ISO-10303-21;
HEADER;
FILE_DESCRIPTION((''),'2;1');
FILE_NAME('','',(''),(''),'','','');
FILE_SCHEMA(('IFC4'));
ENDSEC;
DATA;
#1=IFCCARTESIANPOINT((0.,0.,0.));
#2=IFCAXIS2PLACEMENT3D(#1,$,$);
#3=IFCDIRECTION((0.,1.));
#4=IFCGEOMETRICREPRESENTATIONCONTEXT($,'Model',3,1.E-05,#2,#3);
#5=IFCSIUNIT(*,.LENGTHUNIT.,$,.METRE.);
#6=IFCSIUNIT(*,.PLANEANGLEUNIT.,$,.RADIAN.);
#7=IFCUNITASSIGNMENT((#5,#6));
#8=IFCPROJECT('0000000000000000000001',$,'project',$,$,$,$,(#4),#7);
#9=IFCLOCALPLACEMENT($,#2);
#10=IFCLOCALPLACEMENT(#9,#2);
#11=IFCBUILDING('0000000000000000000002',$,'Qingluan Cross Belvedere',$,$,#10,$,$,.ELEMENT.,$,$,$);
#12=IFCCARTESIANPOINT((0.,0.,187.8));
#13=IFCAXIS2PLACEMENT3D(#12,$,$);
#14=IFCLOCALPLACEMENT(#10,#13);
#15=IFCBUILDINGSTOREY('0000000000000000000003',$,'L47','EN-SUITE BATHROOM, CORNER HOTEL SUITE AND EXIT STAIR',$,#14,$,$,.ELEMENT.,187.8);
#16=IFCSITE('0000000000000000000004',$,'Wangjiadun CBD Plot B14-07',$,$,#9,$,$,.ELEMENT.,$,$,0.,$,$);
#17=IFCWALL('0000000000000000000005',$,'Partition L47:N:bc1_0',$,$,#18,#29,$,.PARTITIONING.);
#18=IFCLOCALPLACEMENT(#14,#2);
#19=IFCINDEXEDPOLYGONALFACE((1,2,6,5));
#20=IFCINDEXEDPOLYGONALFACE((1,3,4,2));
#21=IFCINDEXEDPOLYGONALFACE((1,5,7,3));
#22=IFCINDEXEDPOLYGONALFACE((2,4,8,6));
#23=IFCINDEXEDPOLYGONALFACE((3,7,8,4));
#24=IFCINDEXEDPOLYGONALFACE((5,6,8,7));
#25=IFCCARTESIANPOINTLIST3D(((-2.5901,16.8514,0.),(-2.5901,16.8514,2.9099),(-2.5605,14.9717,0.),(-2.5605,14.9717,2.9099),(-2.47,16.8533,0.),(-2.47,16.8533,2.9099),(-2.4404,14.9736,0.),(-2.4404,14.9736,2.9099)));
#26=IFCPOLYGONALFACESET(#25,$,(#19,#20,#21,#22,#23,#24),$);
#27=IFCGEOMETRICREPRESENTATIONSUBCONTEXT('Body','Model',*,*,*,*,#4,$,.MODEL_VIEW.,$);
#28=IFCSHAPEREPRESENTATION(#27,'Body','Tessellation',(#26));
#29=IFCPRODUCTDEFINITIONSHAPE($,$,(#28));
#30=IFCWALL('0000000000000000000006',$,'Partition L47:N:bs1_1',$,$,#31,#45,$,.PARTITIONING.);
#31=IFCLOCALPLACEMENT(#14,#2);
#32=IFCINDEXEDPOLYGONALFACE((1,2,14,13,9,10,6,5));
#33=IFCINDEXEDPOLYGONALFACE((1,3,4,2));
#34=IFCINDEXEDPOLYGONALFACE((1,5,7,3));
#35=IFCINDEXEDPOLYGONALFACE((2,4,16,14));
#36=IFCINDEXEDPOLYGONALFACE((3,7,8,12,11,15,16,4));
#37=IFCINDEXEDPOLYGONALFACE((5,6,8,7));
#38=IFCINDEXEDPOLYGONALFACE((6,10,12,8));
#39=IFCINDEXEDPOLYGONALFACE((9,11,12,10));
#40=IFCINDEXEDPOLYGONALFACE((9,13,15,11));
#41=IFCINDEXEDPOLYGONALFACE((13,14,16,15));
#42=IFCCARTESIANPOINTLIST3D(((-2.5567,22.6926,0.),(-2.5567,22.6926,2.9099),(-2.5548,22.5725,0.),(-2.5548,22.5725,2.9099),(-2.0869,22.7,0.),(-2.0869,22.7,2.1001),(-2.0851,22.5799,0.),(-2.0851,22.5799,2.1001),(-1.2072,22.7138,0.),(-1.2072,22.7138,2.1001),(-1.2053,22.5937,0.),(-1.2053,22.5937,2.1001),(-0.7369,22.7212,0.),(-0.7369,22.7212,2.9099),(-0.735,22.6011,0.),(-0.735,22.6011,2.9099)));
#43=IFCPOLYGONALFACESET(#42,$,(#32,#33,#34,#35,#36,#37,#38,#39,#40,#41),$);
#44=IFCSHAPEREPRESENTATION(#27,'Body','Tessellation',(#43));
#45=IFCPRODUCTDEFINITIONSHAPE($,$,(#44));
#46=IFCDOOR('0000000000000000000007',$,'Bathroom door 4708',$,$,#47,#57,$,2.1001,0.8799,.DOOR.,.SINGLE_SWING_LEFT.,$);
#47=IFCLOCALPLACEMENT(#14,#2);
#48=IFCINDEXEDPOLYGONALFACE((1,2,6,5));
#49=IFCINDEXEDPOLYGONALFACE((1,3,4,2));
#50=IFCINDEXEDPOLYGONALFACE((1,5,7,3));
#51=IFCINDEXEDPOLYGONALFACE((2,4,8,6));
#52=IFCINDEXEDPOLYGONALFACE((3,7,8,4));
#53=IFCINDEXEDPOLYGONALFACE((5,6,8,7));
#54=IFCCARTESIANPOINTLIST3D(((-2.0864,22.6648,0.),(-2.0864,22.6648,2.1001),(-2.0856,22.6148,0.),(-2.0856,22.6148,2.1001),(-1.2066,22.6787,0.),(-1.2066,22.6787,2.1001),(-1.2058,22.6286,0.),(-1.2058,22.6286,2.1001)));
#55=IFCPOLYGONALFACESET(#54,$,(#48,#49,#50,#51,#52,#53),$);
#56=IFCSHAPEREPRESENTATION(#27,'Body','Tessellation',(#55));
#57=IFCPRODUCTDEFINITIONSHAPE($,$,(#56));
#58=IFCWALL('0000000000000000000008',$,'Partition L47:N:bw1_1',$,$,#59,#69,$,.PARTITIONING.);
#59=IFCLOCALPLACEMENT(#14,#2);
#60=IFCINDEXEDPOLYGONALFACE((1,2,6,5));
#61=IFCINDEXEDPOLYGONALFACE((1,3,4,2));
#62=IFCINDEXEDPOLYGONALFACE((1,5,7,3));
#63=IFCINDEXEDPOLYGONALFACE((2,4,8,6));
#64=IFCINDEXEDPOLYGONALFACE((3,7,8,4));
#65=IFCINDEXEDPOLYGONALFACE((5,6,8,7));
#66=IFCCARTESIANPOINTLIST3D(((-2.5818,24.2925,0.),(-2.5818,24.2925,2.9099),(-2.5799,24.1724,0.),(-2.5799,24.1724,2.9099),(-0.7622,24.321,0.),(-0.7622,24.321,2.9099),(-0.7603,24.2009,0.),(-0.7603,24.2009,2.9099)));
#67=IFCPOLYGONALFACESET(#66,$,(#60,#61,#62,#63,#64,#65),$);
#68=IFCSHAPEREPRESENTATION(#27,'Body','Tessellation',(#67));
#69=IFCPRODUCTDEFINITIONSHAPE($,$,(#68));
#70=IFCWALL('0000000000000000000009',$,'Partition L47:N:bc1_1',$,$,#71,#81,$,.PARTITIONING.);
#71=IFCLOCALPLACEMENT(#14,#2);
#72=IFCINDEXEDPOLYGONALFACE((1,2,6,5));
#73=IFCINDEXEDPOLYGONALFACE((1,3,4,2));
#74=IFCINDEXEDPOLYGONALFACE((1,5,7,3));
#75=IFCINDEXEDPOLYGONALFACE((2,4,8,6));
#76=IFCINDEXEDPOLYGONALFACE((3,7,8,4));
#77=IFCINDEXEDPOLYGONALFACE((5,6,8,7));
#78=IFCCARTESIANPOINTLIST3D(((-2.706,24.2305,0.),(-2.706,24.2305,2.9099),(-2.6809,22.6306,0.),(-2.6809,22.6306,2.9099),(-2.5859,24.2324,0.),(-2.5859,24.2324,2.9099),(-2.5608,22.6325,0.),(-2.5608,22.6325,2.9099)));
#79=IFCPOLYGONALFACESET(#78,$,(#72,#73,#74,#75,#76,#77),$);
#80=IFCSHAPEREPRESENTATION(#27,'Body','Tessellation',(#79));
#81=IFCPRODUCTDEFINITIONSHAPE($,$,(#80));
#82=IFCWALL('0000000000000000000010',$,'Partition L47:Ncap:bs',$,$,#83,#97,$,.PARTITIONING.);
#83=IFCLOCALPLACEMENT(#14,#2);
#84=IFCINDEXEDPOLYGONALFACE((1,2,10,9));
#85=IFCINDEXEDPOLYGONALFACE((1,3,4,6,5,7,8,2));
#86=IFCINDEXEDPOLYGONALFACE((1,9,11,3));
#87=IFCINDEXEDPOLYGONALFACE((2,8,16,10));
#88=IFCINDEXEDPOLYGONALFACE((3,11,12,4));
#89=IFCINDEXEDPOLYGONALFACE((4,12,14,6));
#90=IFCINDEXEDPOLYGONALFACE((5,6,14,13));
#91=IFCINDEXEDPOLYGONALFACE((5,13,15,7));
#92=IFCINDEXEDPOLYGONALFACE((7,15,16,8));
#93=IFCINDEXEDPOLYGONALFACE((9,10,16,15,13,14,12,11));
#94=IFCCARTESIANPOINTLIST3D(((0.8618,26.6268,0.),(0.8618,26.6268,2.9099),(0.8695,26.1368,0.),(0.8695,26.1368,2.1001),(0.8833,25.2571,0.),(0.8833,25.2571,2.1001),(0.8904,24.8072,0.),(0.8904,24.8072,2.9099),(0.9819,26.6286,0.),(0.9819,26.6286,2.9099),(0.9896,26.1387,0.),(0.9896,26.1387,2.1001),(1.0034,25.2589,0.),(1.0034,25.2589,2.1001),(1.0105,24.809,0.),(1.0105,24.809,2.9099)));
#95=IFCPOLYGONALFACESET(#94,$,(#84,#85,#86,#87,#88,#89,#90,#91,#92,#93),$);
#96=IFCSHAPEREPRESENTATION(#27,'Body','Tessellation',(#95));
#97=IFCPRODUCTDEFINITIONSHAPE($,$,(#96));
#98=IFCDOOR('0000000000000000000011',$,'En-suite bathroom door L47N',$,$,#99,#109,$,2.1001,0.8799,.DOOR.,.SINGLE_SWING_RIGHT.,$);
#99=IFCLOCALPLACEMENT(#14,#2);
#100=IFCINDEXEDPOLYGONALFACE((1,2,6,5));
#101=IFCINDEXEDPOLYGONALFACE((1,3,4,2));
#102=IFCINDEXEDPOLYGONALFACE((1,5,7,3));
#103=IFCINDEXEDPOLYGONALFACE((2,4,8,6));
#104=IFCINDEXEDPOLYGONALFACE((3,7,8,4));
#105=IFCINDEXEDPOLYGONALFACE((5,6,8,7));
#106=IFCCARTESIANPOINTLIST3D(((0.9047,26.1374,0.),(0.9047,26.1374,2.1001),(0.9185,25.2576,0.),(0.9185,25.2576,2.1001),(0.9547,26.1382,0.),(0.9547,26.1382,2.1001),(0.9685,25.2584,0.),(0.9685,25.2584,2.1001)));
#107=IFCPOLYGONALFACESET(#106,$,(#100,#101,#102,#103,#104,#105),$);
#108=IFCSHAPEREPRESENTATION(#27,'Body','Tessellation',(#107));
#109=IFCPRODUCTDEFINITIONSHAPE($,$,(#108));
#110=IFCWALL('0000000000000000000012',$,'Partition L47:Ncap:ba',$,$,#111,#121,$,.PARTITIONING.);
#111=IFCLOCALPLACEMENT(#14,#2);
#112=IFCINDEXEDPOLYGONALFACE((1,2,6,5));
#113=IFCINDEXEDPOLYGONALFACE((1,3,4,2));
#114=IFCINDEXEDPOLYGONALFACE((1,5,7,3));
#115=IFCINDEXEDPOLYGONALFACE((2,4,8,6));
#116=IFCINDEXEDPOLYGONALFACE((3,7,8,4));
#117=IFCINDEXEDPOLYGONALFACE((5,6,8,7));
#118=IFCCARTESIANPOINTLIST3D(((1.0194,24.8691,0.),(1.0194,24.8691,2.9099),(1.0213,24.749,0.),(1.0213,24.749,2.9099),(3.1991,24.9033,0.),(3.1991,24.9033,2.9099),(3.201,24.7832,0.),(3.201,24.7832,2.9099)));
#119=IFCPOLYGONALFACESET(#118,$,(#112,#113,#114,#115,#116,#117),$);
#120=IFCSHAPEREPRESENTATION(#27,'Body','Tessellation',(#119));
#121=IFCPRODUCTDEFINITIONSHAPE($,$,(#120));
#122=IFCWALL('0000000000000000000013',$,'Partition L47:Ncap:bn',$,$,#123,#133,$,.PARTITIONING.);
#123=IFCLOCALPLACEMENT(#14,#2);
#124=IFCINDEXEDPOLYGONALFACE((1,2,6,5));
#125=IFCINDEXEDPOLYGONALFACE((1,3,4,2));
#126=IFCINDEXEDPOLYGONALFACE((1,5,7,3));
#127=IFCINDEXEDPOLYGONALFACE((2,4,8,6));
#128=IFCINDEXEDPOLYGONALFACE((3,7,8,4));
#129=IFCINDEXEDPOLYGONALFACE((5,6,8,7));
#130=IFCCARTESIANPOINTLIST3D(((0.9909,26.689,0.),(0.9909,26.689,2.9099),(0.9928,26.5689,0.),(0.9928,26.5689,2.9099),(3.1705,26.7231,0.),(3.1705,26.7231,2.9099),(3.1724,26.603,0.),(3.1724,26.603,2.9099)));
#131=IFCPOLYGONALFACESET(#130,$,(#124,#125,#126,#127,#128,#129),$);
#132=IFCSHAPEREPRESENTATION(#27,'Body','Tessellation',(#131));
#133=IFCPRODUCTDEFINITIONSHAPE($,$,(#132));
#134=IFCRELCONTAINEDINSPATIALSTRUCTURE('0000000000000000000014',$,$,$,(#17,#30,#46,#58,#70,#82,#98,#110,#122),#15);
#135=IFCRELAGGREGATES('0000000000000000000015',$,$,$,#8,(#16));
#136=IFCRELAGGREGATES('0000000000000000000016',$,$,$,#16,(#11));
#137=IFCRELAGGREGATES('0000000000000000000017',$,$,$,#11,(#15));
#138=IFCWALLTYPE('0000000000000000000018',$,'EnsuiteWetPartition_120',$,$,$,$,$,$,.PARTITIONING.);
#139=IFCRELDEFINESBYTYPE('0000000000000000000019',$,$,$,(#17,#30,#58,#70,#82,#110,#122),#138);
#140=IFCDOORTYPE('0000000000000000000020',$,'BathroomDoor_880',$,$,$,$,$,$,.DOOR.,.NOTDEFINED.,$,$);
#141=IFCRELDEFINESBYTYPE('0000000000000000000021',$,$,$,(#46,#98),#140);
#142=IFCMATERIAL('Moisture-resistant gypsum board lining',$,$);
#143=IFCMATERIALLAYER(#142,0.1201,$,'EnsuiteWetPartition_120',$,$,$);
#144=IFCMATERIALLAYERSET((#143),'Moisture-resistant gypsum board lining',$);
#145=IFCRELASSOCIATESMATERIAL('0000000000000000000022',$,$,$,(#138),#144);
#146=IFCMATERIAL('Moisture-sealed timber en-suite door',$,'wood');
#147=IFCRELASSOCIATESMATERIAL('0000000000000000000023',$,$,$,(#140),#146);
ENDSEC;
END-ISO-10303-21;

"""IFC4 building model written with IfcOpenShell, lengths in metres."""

from ifc_helpers import new_model, si_unit, direction, frame, frame_2d, origin, place, context, subcontext, project, spatial, rectangle, extrude, material, layer, layer_set, type_object, element, fill, save


model = new_model("IFC4")

# Units and contexts
model_context = context("Model", 3, precision=1e-05, world=origin(), true_north=direction((0.0, 1.0)))
body_context = subcontext(model_context, "Body", "Model", "MODEL_VIEW")
ifc_project = project(units=[si_unit("LENGTHUNIT", "METRE"), si_unit("PLANEANGLEUNIT", "RADIAN")], contexts=[model_context])

# Site, building, storey
site_placement = place(None, origin())
site = spatial("IfcSite", under=ifc_project, at=site_placement, Name="Wangjiadun CBD Plot B14-07", CompositionType="ELEMENT", RefElevation=0.0)
building_placement = place(site_placement, origin())
building = spatial("IfcBuilding", under=site, at=building_placement, Name="Qingluan Cross Belvedere", CompositionType="ELEMENT")
storey_placement = place(building_placement, frame((0.0, 0.0, 187.8)))
storey = spatial("IfcBuildingStorey", under=building, at=storey_placement, Name="L47", Description="EN-SUITE BATHROOM, CORNER HOTEL SUITE AND EXIT STAIR", CompositionType="ELEMENT", Elevation=187.8)

# Shared definitions
ifc_material_1 = material(Name="Moisture-resistant gypsum board lining")
ifc_layer_1 = layer(ifc_material_1, 0.1201, Name="EnsuiteWetPartition_120")
ifc_layer_set_1 = layer_set([ifc_layer_1], Name="Moisture-resistant gypsum board lining")
wall_type_1 = type_object("IfcWallType", Name="EnsuiteWetPartition_120", PredefinedType="PARTITIONING", material=ifc_layer_set_1)
ifc_material_2 = material(Name="Moisture-sealed timber en-suite door", Category="wood")
door_type_1 = type_object("IfcDoorType", Name="BathroomDoor_880", OperationType="NOTDEFINED", PredefinedType="DOOR", material=ifc_material_2)

# Wall
wall_1_placement = place(storey_placement, frame((-2.5005, 14.9727, 0.0), z_axis=(0.0, 0.0, 1.0), x_axis=(-0.015714, 0.999877, 0.0)))
element("IfcWall", 1, at=wall_1_placement, inside=storey, type_object=wall_type_1, Name="Partition L47:N:bc1_0", PredefinedType="PARTITIONING", context=body_context, shape_type="SweptSolid", body=[
    extrude(rectangle(XDim=1.8799, YDim=0.1201, at=frame_2d((0.9399, 0.0))), origin(), (0.0, 0.0, 1.0), 2.9099),
])

# Wall, opening, door
wall_2_placement = place(storey_placement, frame((-2.5559, 22.6326, 0.0), z_axis=(0.0, 0.0, 1.0), x_axis=(0.999877, 0.015694, 0.0)))
wall_2 = element("IfcWall", 2, at=wall_2_placement, inside=storey, type_object=wall_type_1, Name="Partition L47:N:bs1_1", PredefinedType="PARTITIONING", context=body_context, shape_type="SweptSolid", body=[
    extrude(rectangle(XDim=1.8201, YDim=0.1201, at=frame_2d((0.9102, 0.0))), origin(), (0.0, 0.0, 1.0), 2.9099),
])
opening_1_placement = place(wall_2_placement, frame((0.47, 0.0, 0.0)))
opening_1 = element("IfcOpeningElement", 3, at=opening_1_placement, cuts=wall_2, PredefinedType="OPENING", context=body_context, shape_type="SweptSolid", body=[
    extrude(rectangle(XDim=0.8799, YDim=2.1001, at=frame_2d((0.4399, 1.05))), frame((0.0, 0.0701, 0.0), z_axis=(0.0, -1.0, 0.0), x_axis=(1.0, 0.0, 0.0)), (0.0, 0.0, 1.0), 0.1401),
])
door_1_placement = place(opening_1_placement, origin())
door_1 = element("IfcDoor", 4, at=door_1_placement, inside=storey, type_object=door_type_1, Name="Bathroom door 4708", OperationType="SINGLE_SWING_LEFT", OverallHeight=2.1001, OverallWidth=0.8799, PredefinedType="DOOR", context=body_context, shape_type="SweptSolid", body=[
    extrude(rectangle(XDim=0.8799, YDim=2.1001, at=frame_2d((0.4399, 1.05))), frame((0.0, 0.0249, 0.0), z_axis=(0.0, -1.0, 0.0), x_axis=(1.0, 0.0, 0.0)), (0.0, 0.0, 1.0), 0.05),
])
fill(opening_1, door_1)

# Walls
wall_3_placement = place(storey_placement, frame((-2.5808, 24.2324, 0.0), z_axis=(0.0, 0.0, 1.0), x_axis=(0.999877, 0.015696, 0.0)))
element("IfcWall", 5, at=wall_3_placement, inside=storey, type_object=wall_type_1, Name="Partition L47:N:bw1_1", PredefinedType="PARTITIONING", context=body_context, shape_type="SweptSolid", body=[
    extrude(rectangle(XDim=1.8198, YDim=0.1201, at=frame_2d((0.9099, 0.0))), origin(), (0.0, 0.0, 1.0), 2.9099),
])
wall_4_placement = place(storey_placement, frame((-2.6208, 22.6316, 0.0), z_axis=(0.0, 0.0, 1.0), x_axis=(-0.015716, 0.999876, 0.0)))
element("IfcWall", 6, at=wall_4_placement, inside=storey, type_object=wall_type_1, Name="Partition L47:N:bc1_1", PredefinedType="PARTITIONING", context=body_context, shape_type="SweptSolid", body=[
    extrude(rectangle(XDim=1.6001, YDim=0.1201, at=frame_2d((0.8, 0.0))), origin(), (0.0, 0.0, 1.0), 2.9099),
])

# Wall, opening, door
wall_5_placement = place(storey_placement, frame((0.9504, 24.8081, 0.0), z_axis=(0.0, 0.0, 1.0), x_axis=(-0.015696, 0.999877, 0.0)))
wall_5 = element("IfcWall", 7, at=wall_5_placement, inside=storey, type_object=wall_type_1, Name="Partition L47:Ncap:bs", PredefinedType="PARTITIONING", context=body_context, shape_type="SweptSolid", body=[
    extrude(rectangle(XDim=1.8198, YDim=0.1201, at=frame_2d((0.9099, 0.0))), origin(), (0.0, 0.0, 1.0), 2.9099),
])
opening_2_placement = place(wall_5_placement, frame((0.45, 0.0, 0.0)))
opening_2 = element("IfcOpeningElement", 8, at=opening_2_placement, cuts=wall_5, PredefinedType="OPENING", context=body_context, shape_type="SweptSolid", body=[
    extrude(rectangle(XDim=0.8799, YDim=2.1001, at=frame_2d((0.4399, 1.05))), frame((0.0, 0.0701, 0.0), z_axis=(0.0, -1.0, 0.0), x_axis=(1.0, 0.0, 0.0)), (0.0, 0.0, 1.0), 0.1401),
])
door_2_placement = place(opening_2_placement, origin())
door_2 = element("IfcDoor", 9, at=door_2_placement, inside=storey, type_object=door_type_1, Name="En-suite bathroom door L47N", OperationType="SINGLE_SWING_RIGHT", OverallHeight=2.1001, OverallWidth=0.8799, PredefinedType="DOOR", context=body_context, shape_type="SweptSolid", body=[
    extrude(rectangle(XDim=0.8799, YDim=2.1001, at=frame_2d((0.4399, 1.05))), frame((0.0, 0.0249, 0.0), z_axis=(0.0, -1.0, 0.0), x_axis=(1.0, 0.0, 0.0)), (0.0, 0.0, 1.0), 0.05),
])
fill(opening_2, door_2)

# Walls
for number, where, z_axis, x_axis, name in (
    (10, (1.0205, 24.8091, 0.0), (0.0, 0.0, 1.0), (0.999877, 0.015679, 0.0), "Partition L47:Ncap:ba"),
    (11, (0.9919, 26.6289, 0.0), (0.0, 0.0, 1.0), (0.999877, 0.015679, 0.0), "Partition L47:Ncap:bn"),
):
    element("IfcWall", number, at=place(storey_placement, frame(where, z_axis=z_axis, x_axis=x_axis)), inside=storey, type_object=wall_type_1, Name=name, PredefinedType="PARTITIONING", context=body_context, shape_type="SweptSolid", body=[
        extrude(rectangle(XDim=2.1799, YDim=0.1201, at=frame_2d((1.0898, 0.0))), origin(), (0.0, 0.0, 1.0), 2.9099),
    ])

save(model, "model.ifc")
